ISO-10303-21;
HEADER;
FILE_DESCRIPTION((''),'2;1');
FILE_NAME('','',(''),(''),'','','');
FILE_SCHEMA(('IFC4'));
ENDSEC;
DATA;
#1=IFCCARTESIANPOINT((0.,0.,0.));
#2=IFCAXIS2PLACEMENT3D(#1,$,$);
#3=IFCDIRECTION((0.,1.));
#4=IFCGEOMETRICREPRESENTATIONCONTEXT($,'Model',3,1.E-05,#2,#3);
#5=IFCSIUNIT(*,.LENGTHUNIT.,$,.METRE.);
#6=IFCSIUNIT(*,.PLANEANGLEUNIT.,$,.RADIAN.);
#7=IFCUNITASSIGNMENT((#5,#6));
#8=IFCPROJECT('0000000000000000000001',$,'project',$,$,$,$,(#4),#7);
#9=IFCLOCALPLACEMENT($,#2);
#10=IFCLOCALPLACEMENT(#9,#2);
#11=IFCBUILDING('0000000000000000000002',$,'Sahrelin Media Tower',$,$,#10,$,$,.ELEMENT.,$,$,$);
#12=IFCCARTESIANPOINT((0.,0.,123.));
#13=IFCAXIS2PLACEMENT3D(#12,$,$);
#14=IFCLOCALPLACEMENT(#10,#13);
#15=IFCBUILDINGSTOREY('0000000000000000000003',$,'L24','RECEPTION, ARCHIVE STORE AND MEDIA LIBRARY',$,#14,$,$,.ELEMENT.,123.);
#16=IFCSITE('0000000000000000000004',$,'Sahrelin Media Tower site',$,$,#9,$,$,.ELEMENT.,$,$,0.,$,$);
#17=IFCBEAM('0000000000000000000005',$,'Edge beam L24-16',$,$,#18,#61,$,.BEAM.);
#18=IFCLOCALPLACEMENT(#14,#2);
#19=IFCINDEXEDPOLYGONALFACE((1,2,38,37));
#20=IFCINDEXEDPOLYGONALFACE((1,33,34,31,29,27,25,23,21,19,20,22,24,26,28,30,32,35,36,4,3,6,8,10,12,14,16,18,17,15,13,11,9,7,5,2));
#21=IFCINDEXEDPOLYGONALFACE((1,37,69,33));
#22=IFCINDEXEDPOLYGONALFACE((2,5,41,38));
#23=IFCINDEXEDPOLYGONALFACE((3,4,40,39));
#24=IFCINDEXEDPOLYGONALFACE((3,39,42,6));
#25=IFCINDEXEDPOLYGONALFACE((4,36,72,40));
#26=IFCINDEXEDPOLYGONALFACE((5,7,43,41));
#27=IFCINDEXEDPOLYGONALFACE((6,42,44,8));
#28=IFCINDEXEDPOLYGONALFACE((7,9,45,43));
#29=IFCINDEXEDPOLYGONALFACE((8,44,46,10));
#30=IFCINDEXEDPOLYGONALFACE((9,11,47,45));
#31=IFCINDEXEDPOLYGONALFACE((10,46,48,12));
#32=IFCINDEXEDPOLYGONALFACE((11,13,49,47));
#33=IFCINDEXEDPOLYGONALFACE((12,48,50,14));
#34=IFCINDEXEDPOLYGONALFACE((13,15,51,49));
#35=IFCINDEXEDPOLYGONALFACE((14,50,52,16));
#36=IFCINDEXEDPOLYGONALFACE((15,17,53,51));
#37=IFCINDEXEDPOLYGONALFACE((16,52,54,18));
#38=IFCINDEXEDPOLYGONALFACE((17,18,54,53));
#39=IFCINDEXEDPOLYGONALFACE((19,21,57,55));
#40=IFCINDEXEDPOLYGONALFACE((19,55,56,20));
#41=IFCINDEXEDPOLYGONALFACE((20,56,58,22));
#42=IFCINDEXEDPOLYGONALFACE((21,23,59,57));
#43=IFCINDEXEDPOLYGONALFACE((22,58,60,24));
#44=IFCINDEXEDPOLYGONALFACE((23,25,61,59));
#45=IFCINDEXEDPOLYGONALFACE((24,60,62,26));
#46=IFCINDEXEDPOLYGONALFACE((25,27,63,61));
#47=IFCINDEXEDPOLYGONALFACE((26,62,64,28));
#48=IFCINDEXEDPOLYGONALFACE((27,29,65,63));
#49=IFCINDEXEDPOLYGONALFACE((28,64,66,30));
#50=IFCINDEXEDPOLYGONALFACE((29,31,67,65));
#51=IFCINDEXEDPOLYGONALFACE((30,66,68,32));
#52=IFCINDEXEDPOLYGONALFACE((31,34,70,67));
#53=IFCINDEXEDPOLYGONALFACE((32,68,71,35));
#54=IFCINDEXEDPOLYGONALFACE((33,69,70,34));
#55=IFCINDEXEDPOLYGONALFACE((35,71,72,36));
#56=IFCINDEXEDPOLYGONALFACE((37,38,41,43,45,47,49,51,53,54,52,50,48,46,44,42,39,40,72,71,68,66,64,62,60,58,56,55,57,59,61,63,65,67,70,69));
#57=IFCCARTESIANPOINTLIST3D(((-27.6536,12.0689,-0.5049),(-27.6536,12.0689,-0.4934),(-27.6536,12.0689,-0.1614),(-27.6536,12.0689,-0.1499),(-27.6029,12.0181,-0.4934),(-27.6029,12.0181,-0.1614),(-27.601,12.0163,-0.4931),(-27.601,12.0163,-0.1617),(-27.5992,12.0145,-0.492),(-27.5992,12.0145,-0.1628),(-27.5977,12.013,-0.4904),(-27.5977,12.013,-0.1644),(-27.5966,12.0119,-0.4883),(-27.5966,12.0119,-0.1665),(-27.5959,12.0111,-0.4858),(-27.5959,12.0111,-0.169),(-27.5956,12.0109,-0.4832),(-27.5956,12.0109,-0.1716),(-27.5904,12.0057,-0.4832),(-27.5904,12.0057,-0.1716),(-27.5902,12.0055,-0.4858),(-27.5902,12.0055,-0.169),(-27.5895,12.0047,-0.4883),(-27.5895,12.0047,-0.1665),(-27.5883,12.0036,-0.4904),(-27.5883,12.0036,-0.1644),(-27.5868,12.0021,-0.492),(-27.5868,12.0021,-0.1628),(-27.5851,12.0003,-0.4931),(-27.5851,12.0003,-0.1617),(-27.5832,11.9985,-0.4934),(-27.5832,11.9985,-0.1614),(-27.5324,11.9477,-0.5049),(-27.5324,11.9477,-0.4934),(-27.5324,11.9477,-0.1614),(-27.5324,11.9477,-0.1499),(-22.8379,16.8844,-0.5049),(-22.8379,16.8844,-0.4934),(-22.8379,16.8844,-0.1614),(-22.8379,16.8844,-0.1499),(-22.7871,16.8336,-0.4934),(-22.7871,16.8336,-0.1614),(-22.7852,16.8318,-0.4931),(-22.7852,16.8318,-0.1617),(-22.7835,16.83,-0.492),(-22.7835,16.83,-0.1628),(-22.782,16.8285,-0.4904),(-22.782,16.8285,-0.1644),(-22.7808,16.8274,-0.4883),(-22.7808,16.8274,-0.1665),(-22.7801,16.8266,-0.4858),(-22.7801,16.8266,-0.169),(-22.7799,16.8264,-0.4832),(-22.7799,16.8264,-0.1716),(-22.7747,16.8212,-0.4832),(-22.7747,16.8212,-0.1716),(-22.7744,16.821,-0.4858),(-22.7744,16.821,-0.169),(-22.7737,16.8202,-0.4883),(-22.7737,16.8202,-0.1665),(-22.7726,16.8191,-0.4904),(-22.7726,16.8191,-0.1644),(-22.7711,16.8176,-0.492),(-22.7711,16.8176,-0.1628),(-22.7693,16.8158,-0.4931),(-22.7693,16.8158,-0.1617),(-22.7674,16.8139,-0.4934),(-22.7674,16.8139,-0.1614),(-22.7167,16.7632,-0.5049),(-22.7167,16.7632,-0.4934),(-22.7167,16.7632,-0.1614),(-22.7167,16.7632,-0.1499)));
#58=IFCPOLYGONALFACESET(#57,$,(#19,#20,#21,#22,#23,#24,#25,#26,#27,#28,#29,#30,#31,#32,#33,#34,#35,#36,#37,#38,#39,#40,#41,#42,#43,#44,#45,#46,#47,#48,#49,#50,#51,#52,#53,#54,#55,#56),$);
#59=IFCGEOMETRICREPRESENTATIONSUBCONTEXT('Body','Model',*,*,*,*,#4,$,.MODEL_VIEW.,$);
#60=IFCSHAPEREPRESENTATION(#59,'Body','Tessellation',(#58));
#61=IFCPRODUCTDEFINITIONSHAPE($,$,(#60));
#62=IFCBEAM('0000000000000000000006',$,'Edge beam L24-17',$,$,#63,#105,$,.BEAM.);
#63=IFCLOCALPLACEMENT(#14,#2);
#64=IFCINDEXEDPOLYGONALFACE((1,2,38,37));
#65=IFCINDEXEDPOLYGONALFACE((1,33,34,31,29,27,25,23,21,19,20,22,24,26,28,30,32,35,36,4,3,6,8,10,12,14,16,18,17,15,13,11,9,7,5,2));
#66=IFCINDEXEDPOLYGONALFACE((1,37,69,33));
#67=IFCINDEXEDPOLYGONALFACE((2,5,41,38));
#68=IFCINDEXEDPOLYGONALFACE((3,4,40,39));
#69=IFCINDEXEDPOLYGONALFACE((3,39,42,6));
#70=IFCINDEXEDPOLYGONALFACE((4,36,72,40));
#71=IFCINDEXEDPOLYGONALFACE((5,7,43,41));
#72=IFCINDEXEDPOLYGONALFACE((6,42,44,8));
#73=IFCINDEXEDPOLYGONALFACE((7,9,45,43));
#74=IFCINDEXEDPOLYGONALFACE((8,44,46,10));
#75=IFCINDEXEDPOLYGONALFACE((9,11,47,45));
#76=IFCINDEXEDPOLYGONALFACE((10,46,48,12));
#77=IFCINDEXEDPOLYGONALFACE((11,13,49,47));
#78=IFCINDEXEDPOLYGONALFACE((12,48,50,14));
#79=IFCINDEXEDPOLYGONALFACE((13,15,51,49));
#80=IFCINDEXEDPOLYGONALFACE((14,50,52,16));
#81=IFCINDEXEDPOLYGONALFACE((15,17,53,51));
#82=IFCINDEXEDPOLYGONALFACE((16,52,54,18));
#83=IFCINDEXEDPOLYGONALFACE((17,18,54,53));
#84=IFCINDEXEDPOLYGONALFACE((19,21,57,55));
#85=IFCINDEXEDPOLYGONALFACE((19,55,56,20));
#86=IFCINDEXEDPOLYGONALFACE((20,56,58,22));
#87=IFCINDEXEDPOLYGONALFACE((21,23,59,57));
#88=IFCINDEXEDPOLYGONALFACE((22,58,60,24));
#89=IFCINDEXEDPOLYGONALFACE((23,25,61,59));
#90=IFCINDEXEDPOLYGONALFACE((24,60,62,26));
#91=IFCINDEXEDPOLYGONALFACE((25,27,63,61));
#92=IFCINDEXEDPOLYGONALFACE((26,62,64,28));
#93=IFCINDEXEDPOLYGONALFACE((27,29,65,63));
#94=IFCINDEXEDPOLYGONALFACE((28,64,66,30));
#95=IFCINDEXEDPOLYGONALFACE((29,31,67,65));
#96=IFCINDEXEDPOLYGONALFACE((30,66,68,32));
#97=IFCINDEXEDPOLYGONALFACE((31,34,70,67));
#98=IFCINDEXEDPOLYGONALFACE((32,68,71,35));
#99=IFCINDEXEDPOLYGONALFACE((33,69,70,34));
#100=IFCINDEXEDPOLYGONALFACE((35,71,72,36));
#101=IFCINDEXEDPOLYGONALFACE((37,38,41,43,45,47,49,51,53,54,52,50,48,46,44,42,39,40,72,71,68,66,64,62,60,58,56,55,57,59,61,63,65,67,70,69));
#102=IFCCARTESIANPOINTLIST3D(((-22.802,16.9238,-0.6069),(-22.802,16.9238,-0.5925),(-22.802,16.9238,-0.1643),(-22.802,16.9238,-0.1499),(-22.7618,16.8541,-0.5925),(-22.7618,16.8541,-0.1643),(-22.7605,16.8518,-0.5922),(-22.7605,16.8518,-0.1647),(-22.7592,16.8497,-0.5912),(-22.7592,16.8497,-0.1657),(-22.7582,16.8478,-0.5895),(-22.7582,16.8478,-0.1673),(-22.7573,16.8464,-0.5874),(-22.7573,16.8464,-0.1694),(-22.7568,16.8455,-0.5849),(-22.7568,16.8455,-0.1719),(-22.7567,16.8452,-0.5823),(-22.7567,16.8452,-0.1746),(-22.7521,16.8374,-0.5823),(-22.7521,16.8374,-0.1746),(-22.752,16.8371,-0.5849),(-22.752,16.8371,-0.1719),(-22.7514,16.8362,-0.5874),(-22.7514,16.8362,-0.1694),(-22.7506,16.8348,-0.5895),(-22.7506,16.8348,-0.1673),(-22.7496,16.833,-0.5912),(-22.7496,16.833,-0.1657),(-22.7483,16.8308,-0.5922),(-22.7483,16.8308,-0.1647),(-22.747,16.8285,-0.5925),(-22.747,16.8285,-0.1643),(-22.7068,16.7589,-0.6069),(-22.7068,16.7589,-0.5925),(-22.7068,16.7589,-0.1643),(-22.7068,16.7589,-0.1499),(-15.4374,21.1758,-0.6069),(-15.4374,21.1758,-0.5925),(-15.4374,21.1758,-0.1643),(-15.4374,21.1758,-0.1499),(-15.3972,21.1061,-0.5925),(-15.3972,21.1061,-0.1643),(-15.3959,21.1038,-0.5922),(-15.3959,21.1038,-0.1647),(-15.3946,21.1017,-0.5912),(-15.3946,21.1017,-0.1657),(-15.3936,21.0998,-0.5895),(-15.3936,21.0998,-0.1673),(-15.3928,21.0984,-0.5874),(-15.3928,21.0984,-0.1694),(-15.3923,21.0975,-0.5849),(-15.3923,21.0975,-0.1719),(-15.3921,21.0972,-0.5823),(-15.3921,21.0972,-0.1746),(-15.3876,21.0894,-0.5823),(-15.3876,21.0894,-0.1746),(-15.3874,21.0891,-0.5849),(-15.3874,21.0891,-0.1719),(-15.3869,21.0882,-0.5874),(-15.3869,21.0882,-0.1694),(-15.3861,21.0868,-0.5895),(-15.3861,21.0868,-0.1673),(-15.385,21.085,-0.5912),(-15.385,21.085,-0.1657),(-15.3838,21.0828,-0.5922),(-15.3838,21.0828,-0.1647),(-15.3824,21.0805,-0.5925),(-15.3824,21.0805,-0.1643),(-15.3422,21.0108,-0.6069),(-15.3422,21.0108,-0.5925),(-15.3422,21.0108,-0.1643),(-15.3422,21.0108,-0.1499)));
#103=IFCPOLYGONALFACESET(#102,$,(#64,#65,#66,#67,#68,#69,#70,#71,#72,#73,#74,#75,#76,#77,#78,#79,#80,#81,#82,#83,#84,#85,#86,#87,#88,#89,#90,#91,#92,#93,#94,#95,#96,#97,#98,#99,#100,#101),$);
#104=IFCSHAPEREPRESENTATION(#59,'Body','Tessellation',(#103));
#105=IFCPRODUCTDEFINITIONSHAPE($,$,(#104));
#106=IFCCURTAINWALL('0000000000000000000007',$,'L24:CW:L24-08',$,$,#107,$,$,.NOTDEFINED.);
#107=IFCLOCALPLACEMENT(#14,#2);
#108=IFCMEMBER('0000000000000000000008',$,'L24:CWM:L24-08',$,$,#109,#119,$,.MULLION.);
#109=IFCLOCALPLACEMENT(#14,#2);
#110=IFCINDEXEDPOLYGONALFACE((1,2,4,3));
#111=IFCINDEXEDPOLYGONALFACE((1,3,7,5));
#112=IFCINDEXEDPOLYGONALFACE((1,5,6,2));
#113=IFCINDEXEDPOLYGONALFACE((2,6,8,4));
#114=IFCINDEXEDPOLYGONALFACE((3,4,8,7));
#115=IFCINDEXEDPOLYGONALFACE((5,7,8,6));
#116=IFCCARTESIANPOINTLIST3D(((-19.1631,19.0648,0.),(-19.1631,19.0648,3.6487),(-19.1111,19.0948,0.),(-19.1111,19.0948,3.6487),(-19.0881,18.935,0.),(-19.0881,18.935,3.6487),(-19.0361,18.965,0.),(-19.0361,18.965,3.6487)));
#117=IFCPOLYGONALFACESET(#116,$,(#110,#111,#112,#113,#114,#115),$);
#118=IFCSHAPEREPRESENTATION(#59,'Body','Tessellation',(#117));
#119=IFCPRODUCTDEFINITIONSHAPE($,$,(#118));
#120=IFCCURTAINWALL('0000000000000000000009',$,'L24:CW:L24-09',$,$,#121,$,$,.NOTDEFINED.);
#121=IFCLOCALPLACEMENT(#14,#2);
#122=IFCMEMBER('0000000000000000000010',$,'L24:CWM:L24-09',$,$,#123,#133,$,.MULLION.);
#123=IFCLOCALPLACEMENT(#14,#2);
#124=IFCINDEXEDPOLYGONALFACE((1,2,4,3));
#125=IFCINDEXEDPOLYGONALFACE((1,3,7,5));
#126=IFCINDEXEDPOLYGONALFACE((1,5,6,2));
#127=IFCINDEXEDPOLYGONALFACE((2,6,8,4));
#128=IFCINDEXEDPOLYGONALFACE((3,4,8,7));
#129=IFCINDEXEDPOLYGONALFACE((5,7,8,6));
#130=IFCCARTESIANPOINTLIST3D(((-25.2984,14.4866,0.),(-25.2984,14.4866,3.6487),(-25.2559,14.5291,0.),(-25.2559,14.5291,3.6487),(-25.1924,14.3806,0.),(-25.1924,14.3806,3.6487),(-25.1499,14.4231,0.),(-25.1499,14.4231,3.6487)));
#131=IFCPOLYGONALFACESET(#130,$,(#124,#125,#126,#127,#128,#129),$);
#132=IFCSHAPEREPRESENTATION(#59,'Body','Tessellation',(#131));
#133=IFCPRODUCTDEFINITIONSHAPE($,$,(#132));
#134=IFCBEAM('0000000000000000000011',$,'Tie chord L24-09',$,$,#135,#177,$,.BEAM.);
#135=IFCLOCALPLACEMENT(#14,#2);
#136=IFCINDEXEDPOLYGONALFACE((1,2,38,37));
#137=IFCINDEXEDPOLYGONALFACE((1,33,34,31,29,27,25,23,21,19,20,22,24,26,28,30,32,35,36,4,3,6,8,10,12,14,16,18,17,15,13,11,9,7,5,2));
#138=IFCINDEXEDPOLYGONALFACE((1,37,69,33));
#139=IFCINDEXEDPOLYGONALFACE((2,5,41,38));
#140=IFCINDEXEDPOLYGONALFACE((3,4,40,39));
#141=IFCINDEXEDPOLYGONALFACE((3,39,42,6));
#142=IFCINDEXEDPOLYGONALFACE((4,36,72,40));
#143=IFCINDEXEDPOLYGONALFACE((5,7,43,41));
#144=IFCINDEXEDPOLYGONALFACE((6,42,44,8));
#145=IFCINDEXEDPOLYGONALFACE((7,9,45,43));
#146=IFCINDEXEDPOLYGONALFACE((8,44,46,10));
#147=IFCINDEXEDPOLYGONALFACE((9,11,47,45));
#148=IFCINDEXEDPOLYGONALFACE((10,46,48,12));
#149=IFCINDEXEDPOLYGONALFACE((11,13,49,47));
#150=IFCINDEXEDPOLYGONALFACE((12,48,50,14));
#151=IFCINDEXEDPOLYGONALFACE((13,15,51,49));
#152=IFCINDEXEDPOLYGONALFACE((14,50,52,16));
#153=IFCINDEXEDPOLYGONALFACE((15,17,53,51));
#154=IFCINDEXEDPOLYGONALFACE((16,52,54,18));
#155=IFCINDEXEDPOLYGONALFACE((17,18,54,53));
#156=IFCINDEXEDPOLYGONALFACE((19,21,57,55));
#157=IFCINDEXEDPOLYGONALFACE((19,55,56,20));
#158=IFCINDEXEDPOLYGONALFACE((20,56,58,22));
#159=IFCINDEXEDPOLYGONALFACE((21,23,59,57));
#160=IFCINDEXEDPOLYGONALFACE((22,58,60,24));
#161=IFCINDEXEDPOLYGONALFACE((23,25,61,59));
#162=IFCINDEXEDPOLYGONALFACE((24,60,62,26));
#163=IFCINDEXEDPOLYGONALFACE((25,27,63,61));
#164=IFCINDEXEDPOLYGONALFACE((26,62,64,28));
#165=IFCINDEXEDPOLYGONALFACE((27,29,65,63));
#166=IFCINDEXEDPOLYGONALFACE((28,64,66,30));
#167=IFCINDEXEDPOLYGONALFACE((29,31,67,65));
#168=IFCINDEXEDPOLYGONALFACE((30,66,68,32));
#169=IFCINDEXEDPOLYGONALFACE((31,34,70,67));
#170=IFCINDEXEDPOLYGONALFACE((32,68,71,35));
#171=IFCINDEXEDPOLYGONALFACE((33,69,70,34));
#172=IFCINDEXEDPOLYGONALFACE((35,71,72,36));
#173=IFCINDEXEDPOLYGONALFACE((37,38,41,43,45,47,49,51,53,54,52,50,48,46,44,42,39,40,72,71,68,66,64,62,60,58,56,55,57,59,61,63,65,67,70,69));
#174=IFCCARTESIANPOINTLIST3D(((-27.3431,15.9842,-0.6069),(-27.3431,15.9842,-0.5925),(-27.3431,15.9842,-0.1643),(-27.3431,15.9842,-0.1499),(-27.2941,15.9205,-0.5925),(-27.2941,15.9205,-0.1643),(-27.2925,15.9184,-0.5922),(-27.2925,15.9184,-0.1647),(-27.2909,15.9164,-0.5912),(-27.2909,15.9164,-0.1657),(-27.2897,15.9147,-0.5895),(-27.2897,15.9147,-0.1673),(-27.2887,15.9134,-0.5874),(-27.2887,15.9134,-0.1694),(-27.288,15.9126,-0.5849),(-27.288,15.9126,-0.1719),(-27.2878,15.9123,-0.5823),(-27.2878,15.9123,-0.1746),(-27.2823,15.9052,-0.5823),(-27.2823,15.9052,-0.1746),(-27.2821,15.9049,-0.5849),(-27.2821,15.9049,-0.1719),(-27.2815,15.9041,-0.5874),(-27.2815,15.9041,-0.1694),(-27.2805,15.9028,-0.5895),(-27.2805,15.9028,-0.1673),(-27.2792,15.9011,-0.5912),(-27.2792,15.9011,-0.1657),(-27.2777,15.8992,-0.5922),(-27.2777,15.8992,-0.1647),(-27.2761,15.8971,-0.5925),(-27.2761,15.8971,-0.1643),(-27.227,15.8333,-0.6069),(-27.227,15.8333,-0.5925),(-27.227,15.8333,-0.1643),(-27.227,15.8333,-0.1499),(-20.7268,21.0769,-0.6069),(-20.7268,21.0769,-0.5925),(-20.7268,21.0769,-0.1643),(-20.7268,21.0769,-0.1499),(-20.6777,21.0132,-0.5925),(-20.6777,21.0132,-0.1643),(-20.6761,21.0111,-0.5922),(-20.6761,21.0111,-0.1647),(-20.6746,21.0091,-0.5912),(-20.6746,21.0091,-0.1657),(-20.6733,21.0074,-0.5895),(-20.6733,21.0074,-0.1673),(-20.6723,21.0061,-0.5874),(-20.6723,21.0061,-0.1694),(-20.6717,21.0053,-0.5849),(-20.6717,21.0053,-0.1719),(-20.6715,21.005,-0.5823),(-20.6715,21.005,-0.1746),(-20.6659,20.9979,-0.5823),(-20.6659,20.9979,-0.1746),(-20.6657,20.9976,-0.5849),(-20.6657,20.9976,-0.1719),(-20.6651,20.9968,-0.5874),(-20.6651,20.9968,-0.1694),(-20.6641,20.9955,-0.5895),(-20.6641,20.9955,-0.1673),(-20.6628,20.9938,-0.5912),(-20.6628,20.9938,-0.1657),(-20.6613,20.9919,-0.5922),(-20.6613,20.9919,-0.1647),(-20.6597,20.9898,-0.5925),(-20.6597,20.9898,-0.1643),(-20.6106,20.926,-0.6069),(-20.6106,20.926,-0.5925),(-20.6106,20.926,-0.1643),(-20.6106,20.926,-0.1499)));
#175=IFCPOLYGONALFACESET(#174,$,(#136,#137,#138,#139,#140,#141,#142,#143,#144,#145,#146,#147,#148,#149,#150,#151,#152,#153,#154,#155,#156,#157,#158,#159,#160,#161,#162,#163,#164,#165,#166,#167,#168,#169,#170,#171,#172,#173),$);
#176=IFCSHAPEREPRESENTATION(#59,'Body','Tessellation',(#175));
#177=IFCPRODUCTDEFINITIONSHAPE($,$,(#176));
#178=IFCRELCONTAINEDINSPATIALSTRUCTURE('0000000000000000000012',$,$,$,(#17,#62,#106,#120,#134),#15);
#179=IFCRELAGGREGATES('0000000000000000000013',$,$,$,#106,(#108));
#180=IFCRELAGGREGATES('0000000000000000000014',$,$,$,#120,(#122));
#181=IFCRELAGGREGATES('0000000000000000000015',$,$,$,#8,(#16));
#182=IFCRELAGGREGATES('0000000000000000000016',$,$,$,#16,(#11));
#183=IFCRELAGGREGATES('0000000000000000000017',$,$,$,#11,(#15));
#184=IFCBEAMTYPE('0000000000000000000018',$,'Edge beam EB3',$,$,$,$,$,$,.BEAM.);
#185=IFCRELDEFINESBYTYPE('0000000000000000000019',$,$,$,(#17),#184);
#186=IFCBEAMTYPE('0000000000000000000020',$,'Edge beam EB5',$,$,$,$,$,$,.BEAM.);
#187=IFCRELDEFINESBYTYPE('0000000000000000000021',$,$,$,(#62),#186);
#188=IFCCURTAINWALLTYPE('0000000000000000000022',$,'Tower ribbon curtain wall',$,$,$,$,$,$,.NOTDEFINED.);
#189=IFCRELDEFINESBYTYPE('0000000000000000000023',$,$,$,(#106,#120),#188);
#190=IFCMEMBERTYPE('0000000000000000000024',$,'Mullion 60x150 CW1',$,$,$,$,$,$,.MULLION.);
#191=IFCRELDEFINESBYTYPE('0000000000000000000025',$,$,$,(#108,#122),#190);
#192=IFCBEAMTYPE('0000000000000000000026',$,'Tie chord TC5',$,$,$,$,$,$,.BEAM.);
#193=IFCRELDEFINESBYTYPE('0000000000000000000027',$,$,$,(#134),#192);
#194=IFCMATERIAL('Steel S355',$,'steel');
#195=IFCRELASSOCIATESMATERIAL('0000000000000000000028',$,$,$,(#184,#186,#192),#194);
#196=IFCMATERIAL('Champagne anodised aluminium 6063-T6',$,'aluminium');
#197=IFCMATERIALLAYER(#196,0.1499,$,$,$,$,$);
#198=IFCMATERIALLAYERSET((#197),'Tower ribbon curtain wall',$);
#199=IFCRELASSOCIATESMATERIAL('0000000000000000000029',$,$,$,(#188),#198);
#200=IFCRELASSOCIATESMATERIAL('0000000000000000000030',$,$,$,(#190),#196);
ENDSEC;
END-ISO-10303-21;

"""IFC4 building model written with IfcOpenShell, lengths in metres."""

from ifc_helpers import new_model, si_unit, direction, frame, origin, origin_2d, place, context, subcontext, project, spatial, rectangle, i_section, extrude, material, layer, layer_set, material_profile, profile_set, type_object, element, aggregate, save


model = new_model("IFC4")

# Units and contexts
model_context = context("Model", 3, precision=1e-05, world=origin(), true_north=direction((0.0, 1.0)))
body_context = subcontext(model_context, "Body", "Model", "MODEL_VIEW")
ifc_project = project(units=[si_unit("LENGTHUNIT", "METRE"), si_unit("PLANEANGLEUNIT", "RADIAN")], contexts=[model_context])

# Site, building, storey
site_placement = place(None, origin())
site = spatial("IfcSite", under=ifc_project, at=site_placement, Name="Sahrelin Media Tower site", CompositionType="ELEMENT", RefElevation=0.0)
building_placement = place(site_placement, origin())
building = spatial("IfcBuilding", under=site, at=building_placement, Name="Sahrelin Media Tower", CompositionType="ELEMENT")
storey_placement = place(building_placement, frame((0.0, 0.0, 123.0)))
storey = spatial("IfcBuildingStorey", under=building, at=storey_placement, Name="L24", Description="RECEPTION, ARCHIVE STORE AND MEDIA LIBRARY", CompositionType="ELEMENT", Elevation=123.0)

# Beams
ifc_material_1 = material(Name="Steel S355", Category="steel")
ifc_material_profile_1 = material_profile(ifc_material_1, i_section(OverallWidth=0.1714, OverallDepth=0.355, WebThickness=0.0073, FlangeThickness=0.0115, FilletRadius=0.0103, at=origin_2d()), Name="UB 356x171x51")
ifc_profile_set_1 = profile_set([ifc_material_profile_1], Name="Steel S355")
beam_type_1 = type_object("IfcBeamType", Name="Edge beam EB3", PredefinedType="BEAM", material=ifc_profile_set_1)
beam_1_placement = place(storey_placement, frame((-27.593, 12.0083, -0.3274), z_axis=(0.707125, 0.707089, 0.0), x_axis=(-0.707089, 0.707125, 0.0)))
element("IfcBeam", 1, at=beam_1_placement, inside=storey, type_object=beam_type_1, Name="Edge beam L24-16", PredefinedType="BEAM", context=body_context, shape_type="SweptSolid", body=[
    extrude(i_section(OverallWidth=0.1714, OverallDepth=0.355, WebThickness=0.0073, FlangeThickness=0.0115, FilletRadius=0.0103, at=origin_2d()), origin(), (0.0, 0.0, 1.0), 6.8103),
])
ifc_material_profile_2 = material_profile(ifc_material_1, i_section(OverallWidth=0.1904, OverallDepth=0.457, WebThickness=0.009, FlangeThickness=0.0144, FilletRadius=0.0103, at=origin_2d()), Name="UB 457x191x74")
ifc_profile_set_2 = profile_set([ifc_material_profile_2], Name="Steel S355")
beam_type_2 = type_object("IfcBeamType", Name="Edge beam EB5", PredefinedType="BEAM", material=ifc_profile_set_2)
beam_2_placement = place(storey_placement, frame((-22.7544, 16.8413, -0.3784), z_axis=(0.866023, 0.500005, 0.0), x_axis=(-0.500005, 0.866023, 0.0)))
element("IfcBeam", 2, at=beam_2_placement, inside=storey, type_object=beam_type_2, Name="Edge beam L24-17", PredefinedType="BEAM", context=body_context, shape_type="SweptSolid", body=[
    extrude(i_section(OverallWidth=0.1904, OverallDepth=0.457, WebThickness=0.009, FlangeThickness=0.0144, FilletRadius=0.0103, at=origin_2d()), origin(), (0.0, 0.0, 1.0), 8.5039),
])

# Curtain walls, members
ifc_material_2 = material(Name="Champagne anodised aluminium 6063-T6", Category="aluminium")
ifc_layer_1 = layer(ifc_material_2, 0.1499)
ifc_layer_set_1 = layer_set([ifc_layer_1], Name="Tower ribbon curtain wall")
curtain_wall_type = type_object("IfcCurtainWallType", Name="Tower ribbon curtain wall", PredefinedType="NOTDEFINED", material=ifc_layer_set_1)
curtain_wall_1_placement = place(storey_placement, frame((-19.1472, 19.0972, 0.0), z_axis=(0.0, 0.0, 1.0), x_axis=(1.0, 0.0, 0.0)))
curtain_wall_1 = element("IfcCurtainWall", 3, at=curtain_wall_1_placement, inside=storey, type_object=curtain_wall_type, Name="L24:CW:L24-08", PredefinedType="NOTDEFINED")
ifc_material_profile_3 = material_profile(ifc_material_2, rectangle(XDim=0.0601, YDim=0.1499, at=origin_2d()), Name="Mullion 60x150")
ifc_profile_set_3 = profile_set([ifc_material_profile_3], Name="Champagne anodised aluminium 6063-T6")
member_type_1 = type_object("IfcMemberType", Name="Mullion 60x150 CW1", PredefinedType="MULLION", material=ifc_profile_set_3)
member_1_placement = place(storey_placement, frame((-19.0996, 19.0149, 0.0), z_axis=(0.0, 0.0, 1.0), x_axis=(-0.866023, -0.500005, 0.0)))
member_1 = element("IfcMember", 4, at=member_1_placement, type_object=member_type_1, Name="L24:CWM:L24-08", PredefinedType="MULLION", context=body_context, shape_type="SweptSolid", body=[
    extrude(rectangle(XDim=0.0601, YDim=0.1499, at=origin_2d()), origin(), (0.0, 0.0, 1.0), 3.6487),
])
curtain_wall_2_placement = place(storey_placement, frame((-25.2913, 14.522, 0.0), z_axis=(0.0, 0.0, 1.0), x_axis=(1.0, 0.0, 0.0)))
curtain_wall_2 = element("IfcCurtainWall", 5, at=curtain_wall_2_placement, inside=storey, type_object=curtain_wall_type, Name="L24:CW:L24-09", PredefinedType="NOTDEFINED")
member_2_placement = place(storey_placement, frame((-25.2241, 14.4548, 0.0), z_axis=(0.0, 0.0, 1.0), x_axis=(-0.707107, -0.707107, 0.0)))
member_2 = element("IfcMember", 6, at=member_2_placement, type_object=member_type_1, Name="L24:CWM:L24-09", PredefinedType="MULLION", context=body_context, shape_type="SweptSolid", body=[
    extrude(rectangle(XDim=0.0601, YDim=0.1499, at=origin_2d()), origin(), (0.0, 0.0, 1.0), 3.6487),
])

# Beam
ifc_material_profile_4 = material_profile(ifc_material_1, i_section(OverallWidth=0.1904, OverallDepth=0.457, WebThickness=0.009, FlangeThickness=0.0144, FilletRadius=0.0103, at=origin_2d()), Name="UB 457x191x74")
ifc_profile_set_4 = profile_set([ifc_material_profile_4], Name="Steel S355")
beam_type_3 = type_object("IfcBeamType", Name="Tie chord TC5", PredefinedType="BEAM", material=ifc_profile_set_4)
beam_3_placement = place(storey_placement, frame((-20.6687, 21.0015, -0.3784), z_axis=(-0.792439, -0.609951, 0.0), x_axis=(0.609951, -0.792439, 0.0)))
element("IfcBeam", 7, at=beam_3_placement, inside=storey, type_object=beam_type_3, Name="Tie chord L24-09", PredefinedType="BEAM", context=body_context, shape_type="SweptSolid", body=[
    extrude(i_section(OverallWidth=0.1904, OverallDepth=0.457, WebThickness=0.009, FlangeThickness=0.0144, FilletRadius=0.0103, at=origin_2d()), origin(), (0.0, 0.0, 1.0), 8.3494),
])

aggregate(curtain_wall_1, [member_1])
aggregate(curtain_wall_2, [member_2])

save(model, "model.ifc")
